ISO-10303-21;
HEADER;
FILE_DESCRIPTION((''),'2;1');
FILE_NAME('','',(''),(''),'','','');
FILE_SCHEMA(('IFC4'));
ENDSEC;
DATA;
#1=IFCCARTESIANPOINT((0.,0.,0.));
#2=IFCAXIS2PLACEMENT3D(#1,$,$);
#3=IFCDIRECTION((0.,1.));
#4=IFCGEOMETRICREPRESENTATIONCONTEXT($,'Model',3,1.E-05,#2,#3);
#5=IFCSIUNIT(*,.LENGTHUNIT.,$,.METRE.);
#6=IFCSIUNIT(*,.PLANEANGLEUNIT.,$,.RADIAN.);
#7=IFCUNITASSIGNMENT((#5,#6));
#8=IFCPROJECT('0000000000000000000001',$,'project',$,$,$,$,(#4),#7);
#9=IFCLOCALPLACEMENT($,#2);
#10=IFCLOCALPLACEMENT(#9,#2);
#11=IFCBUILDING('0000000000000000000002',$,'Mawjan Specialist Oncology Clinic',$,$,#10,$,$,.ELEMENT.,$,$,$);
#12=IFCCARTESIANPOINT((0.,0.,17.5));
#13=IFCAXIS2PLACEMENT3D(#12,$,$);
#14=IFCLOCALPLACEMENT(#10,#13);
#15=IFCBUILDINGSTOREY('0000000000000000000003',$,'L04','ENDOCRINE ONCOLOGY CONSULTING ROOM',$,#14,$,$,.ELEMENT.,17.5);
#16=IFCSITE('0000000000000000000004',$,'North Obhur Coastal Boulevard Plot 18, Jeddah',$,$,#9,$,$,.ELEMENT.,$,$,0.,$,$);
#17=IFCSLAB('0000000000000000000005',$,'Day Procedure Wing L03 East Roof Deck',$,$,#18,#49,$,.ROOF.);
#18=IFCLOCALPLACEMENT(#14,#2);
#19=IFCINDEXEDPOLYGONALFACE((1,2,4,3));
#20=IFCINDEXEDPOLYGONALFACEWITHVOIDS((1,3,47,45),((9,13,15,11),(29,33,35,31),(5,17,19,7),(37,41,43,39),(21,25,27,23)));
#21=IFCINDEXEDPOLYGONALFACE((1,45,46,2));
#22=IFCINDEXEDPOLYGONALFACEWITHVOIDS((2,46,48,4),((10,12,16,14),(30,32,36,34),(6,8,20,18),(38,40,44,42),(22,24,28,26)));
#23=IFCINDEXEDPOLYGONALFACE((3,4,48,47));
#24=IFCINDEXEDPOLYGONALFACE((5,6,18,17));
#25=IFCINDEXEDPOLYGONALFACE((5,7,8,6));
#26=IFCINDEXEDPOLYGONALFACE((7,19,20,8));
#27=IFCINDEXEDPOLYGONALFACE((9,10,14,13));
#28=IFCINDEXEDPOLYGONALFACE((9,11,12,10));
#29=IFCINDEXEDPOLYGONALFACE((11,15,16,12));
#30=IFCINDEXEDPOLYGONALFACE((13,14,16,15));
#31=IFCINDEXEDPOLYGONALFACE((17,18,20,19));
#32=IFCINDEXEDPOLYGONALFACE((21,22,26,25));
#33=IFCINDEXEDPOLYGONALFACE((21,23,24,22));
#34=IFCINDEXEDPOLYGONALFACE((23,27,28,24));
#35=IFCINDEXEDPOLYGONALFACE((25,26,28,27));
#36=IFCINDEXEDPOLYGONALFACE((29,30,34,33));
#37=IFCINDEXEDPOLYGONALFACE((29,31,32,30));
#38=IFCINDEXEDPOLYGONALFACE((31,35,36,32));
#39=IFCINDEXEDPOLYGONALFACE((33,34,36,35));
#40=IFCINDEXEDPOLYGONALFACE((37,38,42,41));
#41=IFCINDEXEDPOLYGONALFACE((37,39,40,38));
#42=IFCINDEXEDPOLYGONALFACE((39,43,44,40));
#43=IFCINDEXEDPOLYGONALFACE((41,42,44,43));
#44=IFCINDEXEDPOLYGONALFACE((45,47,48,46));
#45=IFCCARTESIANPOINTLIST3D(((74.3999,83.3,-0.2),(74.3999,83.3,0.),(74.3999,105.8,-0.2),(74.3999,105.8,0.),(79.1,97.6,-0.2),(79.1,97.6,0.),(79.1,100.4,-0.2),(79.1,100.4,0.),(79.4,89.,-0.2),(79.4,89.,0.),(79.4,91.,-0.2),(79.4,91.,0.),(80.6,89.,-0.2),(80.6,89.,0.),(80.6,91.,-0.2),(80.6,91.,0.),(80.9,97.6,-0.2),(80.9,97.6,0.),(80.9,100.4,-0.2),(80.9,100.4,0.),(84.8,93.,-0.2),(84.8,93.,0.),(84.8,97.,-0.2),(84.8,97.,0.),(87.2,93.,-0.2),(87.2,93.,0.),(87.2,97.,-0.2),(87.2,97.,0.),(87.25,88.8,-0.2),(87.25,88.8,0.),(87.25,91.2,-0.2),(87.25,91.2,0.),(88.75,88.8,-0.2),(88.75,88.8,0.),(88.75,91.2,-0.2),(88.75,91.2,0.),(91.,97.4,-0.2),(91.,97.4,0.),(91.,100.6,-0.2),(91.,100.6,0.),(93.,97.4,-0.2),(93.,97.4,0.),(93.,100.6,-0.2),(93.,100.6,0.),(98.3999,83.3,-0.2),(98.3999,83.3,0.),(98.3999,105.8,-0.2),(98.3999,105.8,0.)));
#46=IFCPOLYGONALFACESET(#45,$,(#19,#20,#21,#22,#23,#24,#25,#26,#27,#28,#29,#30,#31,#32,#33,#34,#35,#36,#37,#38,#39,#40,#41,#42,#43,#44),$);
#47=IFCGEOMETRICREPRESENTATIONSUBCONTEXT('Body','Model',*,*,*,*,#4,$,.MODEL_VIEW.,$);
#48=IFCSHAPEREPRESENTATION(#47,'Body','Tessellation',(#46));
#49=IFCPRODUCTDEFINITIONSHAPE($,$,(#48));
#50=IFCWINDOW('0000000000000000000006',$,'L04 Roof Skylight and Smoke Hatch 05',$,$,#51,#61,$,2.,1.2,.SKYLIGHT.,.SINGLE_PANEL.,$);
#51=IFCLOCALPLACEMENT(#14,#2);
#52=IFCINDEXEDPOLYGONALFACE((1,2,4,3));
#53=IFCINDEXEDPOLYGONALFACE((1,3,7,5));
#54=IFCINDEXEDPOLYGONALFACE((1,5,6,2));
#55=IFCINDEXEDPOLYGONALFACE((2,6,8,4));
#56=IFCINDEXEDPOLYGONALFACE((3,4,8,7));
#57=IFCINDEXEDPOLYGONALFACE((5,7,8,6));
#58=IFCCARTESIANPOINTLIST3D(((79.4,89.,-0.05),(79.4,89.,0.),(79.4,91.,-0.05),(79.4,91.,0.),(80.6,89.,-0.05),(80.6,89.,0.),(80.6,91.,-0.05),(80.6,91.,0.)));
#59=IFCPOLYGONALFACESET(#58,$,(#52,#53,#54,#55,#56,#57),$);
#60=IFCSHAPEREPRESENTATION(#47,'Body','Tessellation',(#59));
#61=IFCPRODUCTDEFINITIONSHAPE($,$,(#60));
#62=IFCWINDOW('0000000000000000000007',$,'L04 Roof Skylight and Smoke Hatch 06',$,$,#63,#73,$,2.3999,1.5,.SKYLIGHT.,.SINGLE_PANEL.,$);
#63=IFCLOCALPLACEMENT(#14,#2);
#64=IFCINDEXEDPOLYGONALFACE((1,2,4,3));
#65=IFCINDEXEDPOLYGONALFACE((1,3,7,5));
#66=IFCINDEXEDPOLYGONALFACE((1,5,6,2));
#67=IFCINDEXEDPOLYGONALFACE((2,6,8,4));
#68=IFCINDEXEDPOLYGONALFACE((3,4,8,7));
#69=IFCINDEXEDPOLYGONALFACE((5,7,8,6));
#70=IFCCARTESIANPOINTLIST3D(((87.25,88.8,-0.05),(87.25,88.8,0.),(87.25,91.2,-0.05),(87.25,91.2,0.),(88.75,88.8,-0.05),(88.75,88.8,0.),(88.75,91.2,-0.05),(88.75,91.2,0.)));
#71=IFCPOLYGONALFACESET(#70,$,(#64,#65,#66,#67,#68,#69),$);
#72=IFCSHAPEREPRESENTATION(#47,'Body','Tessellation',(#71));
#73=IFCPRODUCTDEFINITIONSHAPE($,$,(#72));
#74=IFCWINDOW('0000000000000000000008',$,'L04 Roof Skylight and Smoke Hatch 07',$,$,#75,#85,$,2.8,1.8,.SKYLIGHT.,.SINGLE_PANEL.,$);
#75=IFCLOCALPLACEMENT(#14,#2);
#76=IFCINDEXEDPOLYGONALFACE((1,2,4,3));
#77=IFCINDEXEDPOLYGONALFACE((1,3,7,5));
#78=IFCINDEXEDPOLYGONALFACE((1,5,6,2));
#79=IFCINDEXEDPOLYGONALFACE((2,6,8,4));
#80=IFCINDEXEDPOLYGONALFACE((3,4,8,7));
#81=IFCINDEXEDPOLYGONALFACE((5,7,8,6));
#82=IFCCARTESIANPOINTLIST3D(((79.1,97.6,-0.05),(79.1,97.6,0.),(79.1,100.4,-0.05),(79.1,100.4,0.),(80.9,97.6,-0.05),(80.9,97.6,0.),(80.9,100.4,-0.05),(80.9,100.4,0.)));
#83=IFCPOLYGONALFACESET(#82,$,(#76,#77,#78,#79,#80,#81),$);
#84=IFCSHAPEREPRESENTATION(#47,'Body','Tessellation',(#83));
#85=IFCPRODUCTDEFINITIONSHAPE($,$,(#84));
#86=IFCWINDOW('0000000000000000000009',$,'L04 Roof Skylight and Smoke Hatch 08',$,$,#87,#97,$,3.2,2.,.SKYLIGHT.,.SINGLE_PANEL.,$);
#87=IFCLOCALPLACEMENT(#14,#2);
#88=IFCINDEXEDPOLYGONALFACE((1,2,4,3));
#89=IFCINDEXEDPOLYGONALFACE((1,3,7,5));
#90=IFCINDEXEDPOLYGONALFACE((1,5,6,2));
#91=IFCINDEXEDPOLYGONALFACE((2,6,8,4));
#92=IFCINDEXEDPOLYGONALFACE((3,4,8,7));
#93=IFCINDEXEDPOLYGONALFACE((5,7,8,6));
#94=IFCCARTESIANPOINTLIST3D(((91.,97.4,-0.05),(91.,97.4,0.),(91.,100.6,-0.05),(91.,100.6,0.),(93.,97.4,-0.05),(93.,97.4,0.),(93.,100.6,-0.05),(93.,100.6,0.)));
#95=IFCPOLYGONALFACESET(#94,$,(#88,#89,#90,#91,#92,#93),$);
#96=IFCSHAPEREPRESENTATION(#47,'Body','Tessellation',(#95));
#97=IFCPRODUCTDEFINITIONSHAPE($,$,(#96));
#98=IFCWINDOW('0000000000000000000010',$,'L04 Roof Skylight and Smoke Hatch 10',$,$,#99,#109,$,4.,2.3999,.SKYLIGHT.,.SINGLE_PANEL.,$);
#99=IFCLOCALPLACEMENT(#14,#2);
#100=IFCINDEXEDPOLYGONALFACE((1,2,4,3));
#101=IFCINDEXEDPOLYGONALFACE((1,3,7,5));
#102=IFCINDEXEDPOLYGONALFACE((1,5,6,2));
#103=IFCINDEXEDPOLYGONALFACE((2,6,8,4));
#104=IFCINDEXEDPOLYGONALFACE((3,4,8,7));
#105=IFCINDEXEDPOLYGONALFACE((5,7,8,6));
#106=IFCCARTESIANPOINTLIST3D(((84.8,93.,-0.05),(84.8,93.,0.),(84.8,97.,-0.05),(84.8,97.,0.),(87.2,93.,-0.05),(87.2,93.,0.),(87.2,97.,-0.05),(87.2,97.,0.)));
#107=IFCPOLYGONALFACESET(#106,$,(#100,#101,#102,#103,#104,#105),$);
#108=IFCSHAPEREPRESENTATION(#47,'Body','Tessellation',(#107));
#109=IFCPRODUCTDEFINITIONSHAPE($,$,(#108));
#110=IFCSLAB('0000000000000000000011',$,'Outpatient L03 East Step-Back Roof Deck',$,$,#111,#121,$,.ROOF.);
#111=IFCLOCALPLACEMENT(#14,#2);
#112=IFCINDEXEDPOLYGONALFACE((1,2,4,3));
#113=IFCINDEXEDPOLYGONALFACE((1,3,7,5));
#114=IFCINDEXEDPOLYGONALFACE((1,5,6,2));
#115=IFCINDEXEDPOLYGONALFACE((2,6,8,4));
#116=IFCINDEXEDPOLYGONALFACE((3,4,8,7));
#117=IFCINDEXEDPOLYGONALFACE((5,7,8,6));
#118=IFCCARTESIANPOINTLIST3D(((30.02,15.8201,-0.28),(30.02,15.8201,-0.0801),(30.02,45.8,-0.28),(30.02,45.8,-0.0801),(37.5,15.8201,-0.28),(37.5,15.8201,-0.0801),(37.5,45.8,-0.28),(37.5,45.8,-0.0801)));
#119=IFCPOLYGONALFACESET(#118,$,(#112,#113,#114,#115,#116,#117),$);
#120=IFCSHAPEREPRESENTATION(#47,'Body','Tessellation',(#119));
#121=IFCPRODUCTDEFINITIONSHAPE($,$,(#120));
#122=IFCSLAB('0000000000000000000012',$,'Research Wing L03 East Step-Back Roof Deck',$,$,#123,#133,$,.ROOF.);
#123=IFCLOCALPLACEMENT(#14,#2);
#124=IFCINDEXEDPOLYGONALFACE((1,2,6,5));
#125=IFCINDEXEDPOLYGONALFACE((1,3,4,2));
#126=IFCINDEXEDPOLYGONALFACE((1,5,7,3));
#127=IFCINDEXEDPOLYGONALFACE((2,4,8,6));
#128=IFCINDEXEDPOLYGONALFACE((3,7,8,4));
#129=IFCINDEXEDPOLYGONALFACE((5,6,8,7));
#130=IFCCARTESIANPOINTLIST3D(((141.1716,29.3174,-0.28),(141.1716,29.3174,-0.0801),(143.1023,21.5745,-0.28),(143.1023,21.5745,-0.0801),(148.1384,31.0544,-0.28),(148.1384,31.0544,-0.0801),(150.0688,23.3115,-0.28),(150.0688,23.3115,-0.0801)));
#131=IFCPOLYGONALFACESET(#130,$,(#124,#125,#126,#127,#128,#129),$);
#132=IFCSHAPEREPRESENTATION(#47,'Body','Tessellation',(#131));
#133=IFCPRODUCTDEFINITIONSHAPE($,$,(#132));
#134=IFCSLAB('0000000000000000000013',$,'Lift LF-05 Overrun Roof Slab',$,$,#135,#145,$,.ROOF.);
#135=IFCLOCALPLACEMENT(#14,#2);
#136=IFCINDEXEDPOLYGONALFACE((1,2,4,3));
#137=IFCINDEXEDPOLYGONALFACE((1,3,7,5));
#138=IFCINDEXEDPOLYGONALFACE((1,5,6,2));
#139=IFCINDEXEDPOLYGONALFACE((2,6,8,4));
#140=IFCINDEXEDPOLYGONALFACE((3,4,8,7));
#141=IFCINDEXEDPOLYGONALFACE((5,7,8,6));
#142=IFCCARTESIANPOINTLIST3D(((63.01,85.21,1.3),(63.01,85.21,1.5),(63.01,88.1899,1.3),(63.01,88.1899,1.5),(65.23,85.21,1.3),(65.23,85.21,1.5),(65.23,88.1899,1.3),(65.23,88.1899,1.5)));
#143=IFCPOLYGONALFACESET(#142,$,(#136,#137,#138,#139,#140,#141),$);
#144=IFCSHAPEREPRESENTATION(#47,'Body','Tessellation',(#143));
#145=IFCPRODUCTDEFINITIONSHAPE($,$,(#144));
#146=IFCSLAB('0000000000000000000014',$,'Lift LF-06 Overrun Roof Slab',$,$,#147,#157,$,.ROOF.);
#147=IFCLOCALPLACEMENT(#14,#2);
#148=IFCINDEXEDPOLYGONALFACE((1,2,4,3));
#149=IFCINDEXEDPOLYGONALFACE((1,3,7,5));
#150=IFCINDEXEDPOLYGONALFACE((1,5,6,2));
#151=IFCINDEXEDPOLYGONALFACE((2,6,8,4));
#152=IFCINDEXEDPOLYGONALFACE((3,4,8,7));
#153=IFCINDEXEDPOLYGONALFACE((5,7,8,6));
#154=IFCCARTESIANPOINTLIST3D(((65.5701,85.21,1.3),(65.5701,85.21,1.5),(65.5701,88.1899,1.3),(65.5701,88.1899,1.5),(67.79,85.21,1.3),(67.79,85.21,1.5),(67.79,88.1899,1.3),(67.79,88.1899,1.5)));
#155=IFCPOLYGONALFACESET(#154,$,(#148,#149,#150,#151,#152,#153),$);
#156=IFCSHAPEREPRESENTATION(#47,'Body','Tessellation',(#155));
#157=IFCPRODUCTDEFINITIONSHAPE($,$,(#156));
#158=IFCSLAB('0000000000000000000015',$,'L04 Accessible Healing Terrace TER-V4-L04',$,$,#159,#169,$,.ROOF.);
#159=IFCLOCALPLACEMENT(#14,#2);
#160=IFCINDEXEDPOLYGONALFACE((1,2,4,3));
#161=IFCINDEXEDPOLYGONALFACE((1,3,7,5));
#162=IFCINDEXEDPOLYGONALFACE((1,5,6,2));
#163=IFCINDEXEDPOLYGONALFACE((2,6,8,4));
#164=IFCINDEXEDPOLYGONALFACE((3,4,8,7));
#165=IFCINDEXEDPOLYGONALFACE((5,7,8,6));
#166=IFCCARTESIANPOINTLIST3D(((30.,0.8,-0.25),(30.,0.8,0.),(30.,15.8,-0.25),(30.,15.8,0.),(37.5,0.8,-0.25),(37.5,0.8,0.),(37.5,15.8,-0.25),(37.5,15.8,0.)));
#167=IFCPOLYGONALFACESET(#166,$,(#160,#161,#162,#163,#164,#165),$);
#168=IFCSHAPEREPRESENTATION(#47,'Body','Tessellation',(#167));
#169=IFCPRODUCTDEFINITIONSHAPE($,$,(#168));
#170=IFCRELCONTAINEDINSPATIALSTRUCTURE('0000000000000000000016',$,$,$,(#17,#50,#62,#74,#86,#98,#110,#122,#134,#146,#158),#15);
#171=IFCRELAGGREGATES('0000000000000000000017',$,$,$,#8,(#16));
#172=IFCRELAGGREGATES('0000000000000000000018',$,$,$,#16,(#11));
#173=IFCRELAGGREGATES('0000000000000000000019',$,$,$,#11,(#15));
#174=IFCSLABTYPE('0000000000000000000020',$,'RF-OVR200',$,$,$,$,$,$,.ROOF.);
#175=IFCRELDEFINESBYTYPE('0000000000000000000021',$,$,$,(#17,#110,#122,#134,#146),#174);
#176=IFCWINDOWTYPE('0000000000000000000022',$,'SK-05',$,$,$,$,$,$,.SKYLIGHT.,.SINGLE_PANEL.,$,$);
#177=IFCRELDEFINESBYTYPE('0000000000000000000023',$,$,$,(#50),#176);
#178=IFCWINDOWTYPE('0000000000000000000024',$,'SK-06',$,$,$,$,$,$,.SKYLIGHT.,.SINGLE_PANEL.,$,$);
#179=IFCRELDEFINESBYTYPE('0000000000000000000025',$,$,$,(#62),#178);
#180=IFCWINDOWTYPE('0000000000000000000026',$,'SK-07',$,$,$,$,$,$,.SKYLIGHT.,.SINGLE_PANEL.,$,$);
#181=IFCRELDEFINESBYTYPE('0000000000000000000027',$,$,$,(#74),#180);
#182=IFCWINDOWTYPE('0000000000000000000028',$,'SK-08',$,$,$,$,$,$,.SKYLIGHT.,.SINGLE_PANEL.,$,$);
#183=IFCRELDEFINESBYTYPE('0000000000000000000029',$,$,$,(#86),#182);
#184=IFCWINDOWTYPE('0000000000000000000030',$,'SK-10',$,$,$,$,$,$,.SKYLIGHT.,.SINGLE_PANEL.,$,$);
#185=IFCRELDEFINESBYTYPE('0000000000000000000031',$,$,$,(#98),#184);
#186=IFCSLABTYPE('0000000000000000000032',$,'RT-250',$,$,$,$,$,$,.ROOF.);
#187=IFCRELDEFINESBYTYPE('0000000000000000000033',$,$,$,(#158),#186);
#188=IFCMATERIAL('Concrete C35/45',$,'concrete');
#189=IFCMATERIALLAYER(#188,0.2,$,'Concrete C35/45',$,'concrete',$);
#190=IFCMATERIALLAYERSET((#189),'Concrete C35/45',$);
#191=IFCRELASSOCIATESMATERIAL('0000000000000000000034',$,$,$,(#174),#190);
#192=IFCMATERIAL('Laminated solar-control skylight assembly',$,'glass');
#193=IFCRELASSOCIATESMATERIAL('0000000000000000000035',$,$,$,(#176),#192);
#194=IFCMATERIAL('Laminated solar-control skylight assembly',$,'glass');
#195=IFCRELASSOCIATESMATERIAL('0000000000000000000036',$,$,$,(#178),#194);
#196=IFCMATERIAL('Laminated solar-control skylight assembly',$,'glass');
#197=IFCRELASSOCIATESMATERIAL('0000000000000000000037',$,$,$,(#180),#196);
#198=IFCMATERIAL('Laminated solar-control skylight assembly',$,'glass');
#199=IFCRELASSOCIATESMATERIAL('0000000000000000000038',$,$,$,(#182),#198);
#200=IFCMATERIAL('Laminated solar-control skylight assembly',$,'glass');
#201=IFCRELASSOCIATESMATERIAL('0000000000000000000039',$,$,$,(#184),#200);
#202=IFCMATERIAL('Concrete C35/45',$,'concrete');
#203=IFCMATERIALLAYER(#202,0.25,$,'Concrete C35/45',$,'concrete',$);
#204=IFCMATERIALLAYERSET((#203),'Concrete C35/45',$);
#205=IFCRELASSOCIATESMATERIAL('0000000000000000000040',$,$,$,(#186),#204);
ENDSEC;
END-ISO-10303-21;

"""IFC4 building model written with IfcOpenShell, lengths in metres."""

from ifc_helpers import new_model, si_unit, direction, frame, origin, origin_2d, place, context, subcontext, project, spatial, polyline, rectangle, outline, extrude, material, layer, layer_set, type_object, element, fill, save


model = new_model("IFC4")

# Units and contexts
model_context = context("Model", 3, precision=1e-05, world=origin(), true_north=direction((0.0, 1.0)))
body_context = subcontext(model_context, "Body", "Model", "MODEL_VIEW")
ifc_project = project(units=[si_unit("LENGTHUNIT", "METRE"), si_unit("PLANEANGLEUNIT", "RADIAN")], contexts=[model_context])

# Site, building, storey
site_placement = place(None, origin())
site = spatial("IfcSite", under=ifc_project, at=site_placement, Name="North Obhur Coastal Boulevard Plot 18, Jeddah", CompositionType="ELEMENT", RefElevation=0.0)
building_placement = place(site_placement, origin())
building = spatial("IfcBuilding", under=site, at=building_placement, Name="Mawjan Specialist Oncology Clinic", CompositionType="ELEMENT")
storey_placement = place(building_placement, frame((0.0, 0.0, 17.5)))
storey = spatial("IfcBuildingStorey", under=building, at=storey_placement, Name="L04", Description="ENDOCRINE ONCOLOGY CONSULTING ROOM", CompositionType="ELEMENT", Elevation=17.5)

# Slab, openings, windows
ifc_material_1 = material(Name="Concrete C35/45", Category="concrete")
ifc_layer_1 = layer(ifc_material_1, 0.2, Name="Concrete C35/45", Category="concrete")
ifc_layer_set_1 = layer_set([ifc_layer_1], Name="Concrete C35/45")
slab_type_1 = type_object("IfcSlabType", Name="RF-OVR200", PredefinedType="ROOF", material=ifc_layer_set_1)
slab_1_placement = place(storey_placement, frame((0.0, 0.0, -0.2)))
slab_1 = element("IfcSlab", 1, at=slab_1_placement, inside=storey, type_object=slab_type_1, Name="Day Procedure Wing L03 East Roof Deck", PredefinedType="ROOF", context=body_context, shape_type="SweptSolid", body=[
    extrude(outline(polyline([(74.3999, 83.3), (98.3999, 83.3), (98.3999, 105.8), (74.3999, 105.8), (74.3999, 83.3)])), origin(), (0.0, 0.0, 1.0), 0.2),
])
opening_1_placement = place(slab_1_placement, frame((80.0, 90.0, 0.0)))
opening_1 = element("IfcOpeningElement", 2, at=opening_1_placement, cuts=slab_1, PredefinedType="OPENING", context=body_context, shape_type="SweptSolid", body=[
    extrude(rectangle(XDim=1.2, YDim=2.0, at=origin_2d()), origin(), (0.0, 0.0, 1.0), 0.2),
])
opening_2_placement = place(slab_1_placement, frame((88.0, 90.0, 0.0)))
opening_2 = element("IfcOpeningElement", 3, at=opening_2_placement, cuts=slab_1, PredefinedType="OPENING", context=body_context, shape_type="SweptSolid", body=[
    extrude(rectangle(XDim=1.5, YDim=2.3999, at=origin_2d()), origin(), (0.0, 0.0, 1.0), 0.2),
])
opening_3_placement = place(slab_1_placement, frame((80.0, 99.0, 0.0)))
opening_3 = element("IfcOpeningElement", 4, at=opening_3_placement, cuts=slab_1, PredefinedType="OPENING", context=body_context, shape_type="SweptSolid", body=[
    extrude(rectangle(XDim=1.8, YDim=2.8, at=origin_2d()), origin(), (0.0, 0.0, 1.0), 0.2),
])
opening_4_placement = place(slab_1_placement, frame((92.0, 99.0, 0.0)))
opening_4 = element("IfcOpeningElement", 5, at=opening_4_placement, cuts=slab_1, PredefinedType="OPENING", context=body_context, shape_type="SweptSolid", body=[
    extrude(rectangle(XDim=2.0, YDim=3.2, at=origin_2d()), origin(), (0.0, 0.0, 1.0), 0.2),
])
opening_5_placement = place(slab_1_placement, frame((86.0, 95.0, 0.0)))
opening_5 = element("IfcOpeningElement", 6, at=opening_5_placement, cuts=slab_1, PredefinedType="OPENING", context=body_context, shape_type="SweptSolid", body=[
    extrude(rectangle(XDim=2.3999, YDim=4.0, at=origin_2d()), origin(), (0.0, 0.0, 1.0), 0.2),
])
ifc_material_2 = material(Name="Laminated solar-control skylight assembly", Category="glass")
window_type_1 = type_object("IfcWindowType", Name="SK-05", PartitioningType="SINGLE_PANEL", PredefinedType="SKYLIGHT", material=ifc_material_2)
window_1_placement = place(opening_1_placement, frame((0.0, 0.0, 0.1499)))
window_1 = element("IfcWindow", 7, at=window_1_placement, inside=storey, type_object=window_type_1, Name="L04 Roof Skylight and Smoke Hatch 05", OverallHeight=2.0, OverallWidth=1.2, PartitioningType="SINGLE_PANEL", PredefinedType="SKYLIGHT", context=body_context, shape_type="SweptSolid", body=[
    extrude(rectangle(XDim=1.2, YDim=2.0, at=origin_2d()), origin(), (0.0, 0.0, 1.0), 0.05),
])
fill(opening_1, window_1)
ifc_material_3 = material(Name="Laminated solar-control skylight assembly", Category="glass")
window_type_2 = type_object("IfcWindowType", Name="SK-06", PartitioningType="SINGLE_PANEL", PredefinedType="SKYLIGHT", material=ifc_material_3)
window_2_placement = place(opening_2_placement, frame((0.0, 0.0, 0.1499)))
window_2 = element("IfcWindow", 8, at=window_2_placement, inside=storey, type_object=window_type_2, Name="L04 Roof Skylight and Smoke Hatch 06", OverallHeight=2.3999, OverallWidth=1.5, PartitioningType="SINGLE_PANEL", PredefinedType="SKYLIGHT", context=body_context, shape_type="SweptSolid", body=[
    extrude(rectangle(XDim=1.5, YDim=2.3999, at=origin_2d()), origin(), (0.0, 0.0, 1.0), 0.05),
])
fill(opening_2, window_2)
ifc_material_4 = material(Name="Laminated solar-control skylight assembly", Category="glass")
window_type_3 = type_object("IfcWindowType", Name="SK-07", PartitioningType="SINGLE_PANEL", PredefinedType="SKYLIGHT", material=ifc_material_4)
window_3_placement = place(opening_3_placement, frame((0.0, 0.0, 0.1499)))
window_3 = element("IfcWindow", 9, at=window_3_placement, inside=storey, type_object=window_type_3, Name="L04 Roof Skylight and Smoke Hatch 07", OverallHeight=2.8, OverallWidth=1.8, PartitioningType="SINGLE_PANEL", PredefinedType="SKYLIGHT", context=body_context, shape_type="SweptSolid", body=[
    extrude(rectangle(XDim=1.8, YDim=2.8, at=origin_2d()), origin(), (0.0, 0.0, 1.0), 0.05),
])
fill(opening_3, window_3)
ifc_material_5 = material(Name="Laminated solar-control skylight assembly", Category="glass")
window_type_4 = type_object("IfcWindowType", Name="SK-08", PartitioningType="SINGLE_PANEL", PredefinedType="SKYLIGHT", material=ifc_material_5)
window_4_placement = place(opening_4_placement, frame((0.0, 0.0, 0.1499)))
window_4 = element("IfcWindow", 10, at=window_4_placement, inside=storey, type_object=window_type_4, Name="L04 Roof Skylight and Smoke Hatch 08", OverallHeight=3.2, OverallWidth=2.0, PartitioningType="SINGLE_PANEL", PredefinedType="SKYLIGHT", context=body_context, shape_type="SweptSolid", body=[
    extrude(rectangle(XDim=2.0, YDim=3.2, at=origin_2d()), origin(), (0.0, 0.0, 1.0), 0.05),
])
fill(opening_4, window_4)
ifc_material_6 = material(Name="Laminated solar-control skylight assembly", Category="glass")
window_type_5 = type_object("IfcWindowType", Name="SK-10", PartitioningType="SINGLE_PANEL", PredefinedType="SKYLIGHT", material=ifc_material_6)
window_5_placement = place(opening_5_placement, frame((0.0, 0.0, 0.1499)))
window_5 = element("IfcWindow", 11, at=window_5_placement, inside=storey, type_object=window_type_5, Name="L04 Roof Skylight and Smoke Hatch 10", OverallHeight=4.0, OverallWidth=2.3999, PartitioningType="SINGLE_PANEL", PredefinedType="SKYLIGHT", context=body_context, shape_type="SweptSolid", body=[
    extrude(rectangle(XDim=2.3999, YDim=4.0, at=origin_2d()), origin(), (0.0, 0.0, 1.0), 0.05),
])
fill(opening_5, window_5)

# Slabs
slab_2_placement = place(storey_placement, frame((0.0, 0.0, -0.28)))
element("IfcSlab", 12, at=slab_2_placement, inside=storey, type_object=slab_type_1, Name="Outpatient L03 East Step-Back Roof Deck", PredefinedType="ROOF", context=body_context, shape_type="SweptSolid", body=[
    extrude(outline(polyline([(30.02, 15.8201), (37.5, 15.8201), (37.5, 45.8), (30.02, 45.8), (30.02, 15.8201)])), origin(), (0.0, 0.0, 1.0), 0.2),
])
slab_3_placement = place(storey_placement, frame((0.0, 0.0, -0.28)))
element("IfcSlab", 13, at=slab_3_placement, inside=storey, type_object=slab_type_1, Name="Research Wing L03 East Step-Back Roof Deck", PredefinedType="ROOF", context=body_context, shape_type="SweptSolid", body=[
    extrude(outline(polyline([(143.1023, 21.5745), (150.0688, 23.3115), (148.1384, 31.0544), (141.1716, 29.3174), (143.1023, 21.5745)])), origin(), (0.0, 0.0, 1.0), 0.2),
])
slab_4_placement = place(storey_placement, frame((0.0, 0.0, 1.3)))
element("IfcSlab", 14, at=slab_4_placement, inside=storey, type_object=slab_type_1, Name="Lift LF-05 Overrun Roof Slab", PredefinedType="ROOF", context=body_context, shape_type="SweptSolid", body=[
    extrude(outline(polyline([(63.01, 85.21), (65.23, 85.21), (65.23, 88.1899), (63.01, 88.1899), (63.01, 85.21)])), origin(), (0.0, 0.0, 1.0), 0.2),
])
slab_5_placement = place(storey_placement, frame((0.0, 0.0, 1.3)))
element("IfcSlab", 15, at=slab_5_placement, inside=storey, type_object=slab_type_1, Name="Lift LF-06 Overrun Roof Slab", PredefinedType="ROOF", context=body_context, shape_type="SweptSolid", body=[
    extrude(outline(polyline([(65.5701, 85.21), (67.79, 85.21), (67.79, 88.1899), (65.5701, 88.1899), (65.5701, 85.21)])), origin(), (0.0, 0.0, 1.0), 0.2),
])
ifc_material_7 = material(Name="Concrete C35/45", Category="concrete")
ifc_layer_2 = layer(ifc_material_7, 0.25, Name="Concrete C35/45", Category="concrete")
ifc_layer_set_2 = layer_set([ifc_layer_2], Name="Concrete C35/45")
slab_type_2 = type_object("IfcSlabType", Name="RT-250", PredefinedType="ROOF", material=ifc_layer_set_2)
slab_6_placement = place(storey_placement, frame((0.0, 0.0, -0.25)))
element("IfcSlab", 16, at=slab_6_placement, inside=storey, type_object=slab_type_2, Name="L04 Accessible Healing Terrace TER-V4-L04", PredefinedType="ROOF", context=body_context, shape_type="SweptSolid", body=[
    extrude(outline(polyline([(30.0, 0.8), (37.5, 0.8), (37.5, 15.8), (30.0, 15.8), (30.0, 0.8)])), origin(), (0.0, 0.0, 1.0), 0.25),
])

save(model, "model.ifc")
